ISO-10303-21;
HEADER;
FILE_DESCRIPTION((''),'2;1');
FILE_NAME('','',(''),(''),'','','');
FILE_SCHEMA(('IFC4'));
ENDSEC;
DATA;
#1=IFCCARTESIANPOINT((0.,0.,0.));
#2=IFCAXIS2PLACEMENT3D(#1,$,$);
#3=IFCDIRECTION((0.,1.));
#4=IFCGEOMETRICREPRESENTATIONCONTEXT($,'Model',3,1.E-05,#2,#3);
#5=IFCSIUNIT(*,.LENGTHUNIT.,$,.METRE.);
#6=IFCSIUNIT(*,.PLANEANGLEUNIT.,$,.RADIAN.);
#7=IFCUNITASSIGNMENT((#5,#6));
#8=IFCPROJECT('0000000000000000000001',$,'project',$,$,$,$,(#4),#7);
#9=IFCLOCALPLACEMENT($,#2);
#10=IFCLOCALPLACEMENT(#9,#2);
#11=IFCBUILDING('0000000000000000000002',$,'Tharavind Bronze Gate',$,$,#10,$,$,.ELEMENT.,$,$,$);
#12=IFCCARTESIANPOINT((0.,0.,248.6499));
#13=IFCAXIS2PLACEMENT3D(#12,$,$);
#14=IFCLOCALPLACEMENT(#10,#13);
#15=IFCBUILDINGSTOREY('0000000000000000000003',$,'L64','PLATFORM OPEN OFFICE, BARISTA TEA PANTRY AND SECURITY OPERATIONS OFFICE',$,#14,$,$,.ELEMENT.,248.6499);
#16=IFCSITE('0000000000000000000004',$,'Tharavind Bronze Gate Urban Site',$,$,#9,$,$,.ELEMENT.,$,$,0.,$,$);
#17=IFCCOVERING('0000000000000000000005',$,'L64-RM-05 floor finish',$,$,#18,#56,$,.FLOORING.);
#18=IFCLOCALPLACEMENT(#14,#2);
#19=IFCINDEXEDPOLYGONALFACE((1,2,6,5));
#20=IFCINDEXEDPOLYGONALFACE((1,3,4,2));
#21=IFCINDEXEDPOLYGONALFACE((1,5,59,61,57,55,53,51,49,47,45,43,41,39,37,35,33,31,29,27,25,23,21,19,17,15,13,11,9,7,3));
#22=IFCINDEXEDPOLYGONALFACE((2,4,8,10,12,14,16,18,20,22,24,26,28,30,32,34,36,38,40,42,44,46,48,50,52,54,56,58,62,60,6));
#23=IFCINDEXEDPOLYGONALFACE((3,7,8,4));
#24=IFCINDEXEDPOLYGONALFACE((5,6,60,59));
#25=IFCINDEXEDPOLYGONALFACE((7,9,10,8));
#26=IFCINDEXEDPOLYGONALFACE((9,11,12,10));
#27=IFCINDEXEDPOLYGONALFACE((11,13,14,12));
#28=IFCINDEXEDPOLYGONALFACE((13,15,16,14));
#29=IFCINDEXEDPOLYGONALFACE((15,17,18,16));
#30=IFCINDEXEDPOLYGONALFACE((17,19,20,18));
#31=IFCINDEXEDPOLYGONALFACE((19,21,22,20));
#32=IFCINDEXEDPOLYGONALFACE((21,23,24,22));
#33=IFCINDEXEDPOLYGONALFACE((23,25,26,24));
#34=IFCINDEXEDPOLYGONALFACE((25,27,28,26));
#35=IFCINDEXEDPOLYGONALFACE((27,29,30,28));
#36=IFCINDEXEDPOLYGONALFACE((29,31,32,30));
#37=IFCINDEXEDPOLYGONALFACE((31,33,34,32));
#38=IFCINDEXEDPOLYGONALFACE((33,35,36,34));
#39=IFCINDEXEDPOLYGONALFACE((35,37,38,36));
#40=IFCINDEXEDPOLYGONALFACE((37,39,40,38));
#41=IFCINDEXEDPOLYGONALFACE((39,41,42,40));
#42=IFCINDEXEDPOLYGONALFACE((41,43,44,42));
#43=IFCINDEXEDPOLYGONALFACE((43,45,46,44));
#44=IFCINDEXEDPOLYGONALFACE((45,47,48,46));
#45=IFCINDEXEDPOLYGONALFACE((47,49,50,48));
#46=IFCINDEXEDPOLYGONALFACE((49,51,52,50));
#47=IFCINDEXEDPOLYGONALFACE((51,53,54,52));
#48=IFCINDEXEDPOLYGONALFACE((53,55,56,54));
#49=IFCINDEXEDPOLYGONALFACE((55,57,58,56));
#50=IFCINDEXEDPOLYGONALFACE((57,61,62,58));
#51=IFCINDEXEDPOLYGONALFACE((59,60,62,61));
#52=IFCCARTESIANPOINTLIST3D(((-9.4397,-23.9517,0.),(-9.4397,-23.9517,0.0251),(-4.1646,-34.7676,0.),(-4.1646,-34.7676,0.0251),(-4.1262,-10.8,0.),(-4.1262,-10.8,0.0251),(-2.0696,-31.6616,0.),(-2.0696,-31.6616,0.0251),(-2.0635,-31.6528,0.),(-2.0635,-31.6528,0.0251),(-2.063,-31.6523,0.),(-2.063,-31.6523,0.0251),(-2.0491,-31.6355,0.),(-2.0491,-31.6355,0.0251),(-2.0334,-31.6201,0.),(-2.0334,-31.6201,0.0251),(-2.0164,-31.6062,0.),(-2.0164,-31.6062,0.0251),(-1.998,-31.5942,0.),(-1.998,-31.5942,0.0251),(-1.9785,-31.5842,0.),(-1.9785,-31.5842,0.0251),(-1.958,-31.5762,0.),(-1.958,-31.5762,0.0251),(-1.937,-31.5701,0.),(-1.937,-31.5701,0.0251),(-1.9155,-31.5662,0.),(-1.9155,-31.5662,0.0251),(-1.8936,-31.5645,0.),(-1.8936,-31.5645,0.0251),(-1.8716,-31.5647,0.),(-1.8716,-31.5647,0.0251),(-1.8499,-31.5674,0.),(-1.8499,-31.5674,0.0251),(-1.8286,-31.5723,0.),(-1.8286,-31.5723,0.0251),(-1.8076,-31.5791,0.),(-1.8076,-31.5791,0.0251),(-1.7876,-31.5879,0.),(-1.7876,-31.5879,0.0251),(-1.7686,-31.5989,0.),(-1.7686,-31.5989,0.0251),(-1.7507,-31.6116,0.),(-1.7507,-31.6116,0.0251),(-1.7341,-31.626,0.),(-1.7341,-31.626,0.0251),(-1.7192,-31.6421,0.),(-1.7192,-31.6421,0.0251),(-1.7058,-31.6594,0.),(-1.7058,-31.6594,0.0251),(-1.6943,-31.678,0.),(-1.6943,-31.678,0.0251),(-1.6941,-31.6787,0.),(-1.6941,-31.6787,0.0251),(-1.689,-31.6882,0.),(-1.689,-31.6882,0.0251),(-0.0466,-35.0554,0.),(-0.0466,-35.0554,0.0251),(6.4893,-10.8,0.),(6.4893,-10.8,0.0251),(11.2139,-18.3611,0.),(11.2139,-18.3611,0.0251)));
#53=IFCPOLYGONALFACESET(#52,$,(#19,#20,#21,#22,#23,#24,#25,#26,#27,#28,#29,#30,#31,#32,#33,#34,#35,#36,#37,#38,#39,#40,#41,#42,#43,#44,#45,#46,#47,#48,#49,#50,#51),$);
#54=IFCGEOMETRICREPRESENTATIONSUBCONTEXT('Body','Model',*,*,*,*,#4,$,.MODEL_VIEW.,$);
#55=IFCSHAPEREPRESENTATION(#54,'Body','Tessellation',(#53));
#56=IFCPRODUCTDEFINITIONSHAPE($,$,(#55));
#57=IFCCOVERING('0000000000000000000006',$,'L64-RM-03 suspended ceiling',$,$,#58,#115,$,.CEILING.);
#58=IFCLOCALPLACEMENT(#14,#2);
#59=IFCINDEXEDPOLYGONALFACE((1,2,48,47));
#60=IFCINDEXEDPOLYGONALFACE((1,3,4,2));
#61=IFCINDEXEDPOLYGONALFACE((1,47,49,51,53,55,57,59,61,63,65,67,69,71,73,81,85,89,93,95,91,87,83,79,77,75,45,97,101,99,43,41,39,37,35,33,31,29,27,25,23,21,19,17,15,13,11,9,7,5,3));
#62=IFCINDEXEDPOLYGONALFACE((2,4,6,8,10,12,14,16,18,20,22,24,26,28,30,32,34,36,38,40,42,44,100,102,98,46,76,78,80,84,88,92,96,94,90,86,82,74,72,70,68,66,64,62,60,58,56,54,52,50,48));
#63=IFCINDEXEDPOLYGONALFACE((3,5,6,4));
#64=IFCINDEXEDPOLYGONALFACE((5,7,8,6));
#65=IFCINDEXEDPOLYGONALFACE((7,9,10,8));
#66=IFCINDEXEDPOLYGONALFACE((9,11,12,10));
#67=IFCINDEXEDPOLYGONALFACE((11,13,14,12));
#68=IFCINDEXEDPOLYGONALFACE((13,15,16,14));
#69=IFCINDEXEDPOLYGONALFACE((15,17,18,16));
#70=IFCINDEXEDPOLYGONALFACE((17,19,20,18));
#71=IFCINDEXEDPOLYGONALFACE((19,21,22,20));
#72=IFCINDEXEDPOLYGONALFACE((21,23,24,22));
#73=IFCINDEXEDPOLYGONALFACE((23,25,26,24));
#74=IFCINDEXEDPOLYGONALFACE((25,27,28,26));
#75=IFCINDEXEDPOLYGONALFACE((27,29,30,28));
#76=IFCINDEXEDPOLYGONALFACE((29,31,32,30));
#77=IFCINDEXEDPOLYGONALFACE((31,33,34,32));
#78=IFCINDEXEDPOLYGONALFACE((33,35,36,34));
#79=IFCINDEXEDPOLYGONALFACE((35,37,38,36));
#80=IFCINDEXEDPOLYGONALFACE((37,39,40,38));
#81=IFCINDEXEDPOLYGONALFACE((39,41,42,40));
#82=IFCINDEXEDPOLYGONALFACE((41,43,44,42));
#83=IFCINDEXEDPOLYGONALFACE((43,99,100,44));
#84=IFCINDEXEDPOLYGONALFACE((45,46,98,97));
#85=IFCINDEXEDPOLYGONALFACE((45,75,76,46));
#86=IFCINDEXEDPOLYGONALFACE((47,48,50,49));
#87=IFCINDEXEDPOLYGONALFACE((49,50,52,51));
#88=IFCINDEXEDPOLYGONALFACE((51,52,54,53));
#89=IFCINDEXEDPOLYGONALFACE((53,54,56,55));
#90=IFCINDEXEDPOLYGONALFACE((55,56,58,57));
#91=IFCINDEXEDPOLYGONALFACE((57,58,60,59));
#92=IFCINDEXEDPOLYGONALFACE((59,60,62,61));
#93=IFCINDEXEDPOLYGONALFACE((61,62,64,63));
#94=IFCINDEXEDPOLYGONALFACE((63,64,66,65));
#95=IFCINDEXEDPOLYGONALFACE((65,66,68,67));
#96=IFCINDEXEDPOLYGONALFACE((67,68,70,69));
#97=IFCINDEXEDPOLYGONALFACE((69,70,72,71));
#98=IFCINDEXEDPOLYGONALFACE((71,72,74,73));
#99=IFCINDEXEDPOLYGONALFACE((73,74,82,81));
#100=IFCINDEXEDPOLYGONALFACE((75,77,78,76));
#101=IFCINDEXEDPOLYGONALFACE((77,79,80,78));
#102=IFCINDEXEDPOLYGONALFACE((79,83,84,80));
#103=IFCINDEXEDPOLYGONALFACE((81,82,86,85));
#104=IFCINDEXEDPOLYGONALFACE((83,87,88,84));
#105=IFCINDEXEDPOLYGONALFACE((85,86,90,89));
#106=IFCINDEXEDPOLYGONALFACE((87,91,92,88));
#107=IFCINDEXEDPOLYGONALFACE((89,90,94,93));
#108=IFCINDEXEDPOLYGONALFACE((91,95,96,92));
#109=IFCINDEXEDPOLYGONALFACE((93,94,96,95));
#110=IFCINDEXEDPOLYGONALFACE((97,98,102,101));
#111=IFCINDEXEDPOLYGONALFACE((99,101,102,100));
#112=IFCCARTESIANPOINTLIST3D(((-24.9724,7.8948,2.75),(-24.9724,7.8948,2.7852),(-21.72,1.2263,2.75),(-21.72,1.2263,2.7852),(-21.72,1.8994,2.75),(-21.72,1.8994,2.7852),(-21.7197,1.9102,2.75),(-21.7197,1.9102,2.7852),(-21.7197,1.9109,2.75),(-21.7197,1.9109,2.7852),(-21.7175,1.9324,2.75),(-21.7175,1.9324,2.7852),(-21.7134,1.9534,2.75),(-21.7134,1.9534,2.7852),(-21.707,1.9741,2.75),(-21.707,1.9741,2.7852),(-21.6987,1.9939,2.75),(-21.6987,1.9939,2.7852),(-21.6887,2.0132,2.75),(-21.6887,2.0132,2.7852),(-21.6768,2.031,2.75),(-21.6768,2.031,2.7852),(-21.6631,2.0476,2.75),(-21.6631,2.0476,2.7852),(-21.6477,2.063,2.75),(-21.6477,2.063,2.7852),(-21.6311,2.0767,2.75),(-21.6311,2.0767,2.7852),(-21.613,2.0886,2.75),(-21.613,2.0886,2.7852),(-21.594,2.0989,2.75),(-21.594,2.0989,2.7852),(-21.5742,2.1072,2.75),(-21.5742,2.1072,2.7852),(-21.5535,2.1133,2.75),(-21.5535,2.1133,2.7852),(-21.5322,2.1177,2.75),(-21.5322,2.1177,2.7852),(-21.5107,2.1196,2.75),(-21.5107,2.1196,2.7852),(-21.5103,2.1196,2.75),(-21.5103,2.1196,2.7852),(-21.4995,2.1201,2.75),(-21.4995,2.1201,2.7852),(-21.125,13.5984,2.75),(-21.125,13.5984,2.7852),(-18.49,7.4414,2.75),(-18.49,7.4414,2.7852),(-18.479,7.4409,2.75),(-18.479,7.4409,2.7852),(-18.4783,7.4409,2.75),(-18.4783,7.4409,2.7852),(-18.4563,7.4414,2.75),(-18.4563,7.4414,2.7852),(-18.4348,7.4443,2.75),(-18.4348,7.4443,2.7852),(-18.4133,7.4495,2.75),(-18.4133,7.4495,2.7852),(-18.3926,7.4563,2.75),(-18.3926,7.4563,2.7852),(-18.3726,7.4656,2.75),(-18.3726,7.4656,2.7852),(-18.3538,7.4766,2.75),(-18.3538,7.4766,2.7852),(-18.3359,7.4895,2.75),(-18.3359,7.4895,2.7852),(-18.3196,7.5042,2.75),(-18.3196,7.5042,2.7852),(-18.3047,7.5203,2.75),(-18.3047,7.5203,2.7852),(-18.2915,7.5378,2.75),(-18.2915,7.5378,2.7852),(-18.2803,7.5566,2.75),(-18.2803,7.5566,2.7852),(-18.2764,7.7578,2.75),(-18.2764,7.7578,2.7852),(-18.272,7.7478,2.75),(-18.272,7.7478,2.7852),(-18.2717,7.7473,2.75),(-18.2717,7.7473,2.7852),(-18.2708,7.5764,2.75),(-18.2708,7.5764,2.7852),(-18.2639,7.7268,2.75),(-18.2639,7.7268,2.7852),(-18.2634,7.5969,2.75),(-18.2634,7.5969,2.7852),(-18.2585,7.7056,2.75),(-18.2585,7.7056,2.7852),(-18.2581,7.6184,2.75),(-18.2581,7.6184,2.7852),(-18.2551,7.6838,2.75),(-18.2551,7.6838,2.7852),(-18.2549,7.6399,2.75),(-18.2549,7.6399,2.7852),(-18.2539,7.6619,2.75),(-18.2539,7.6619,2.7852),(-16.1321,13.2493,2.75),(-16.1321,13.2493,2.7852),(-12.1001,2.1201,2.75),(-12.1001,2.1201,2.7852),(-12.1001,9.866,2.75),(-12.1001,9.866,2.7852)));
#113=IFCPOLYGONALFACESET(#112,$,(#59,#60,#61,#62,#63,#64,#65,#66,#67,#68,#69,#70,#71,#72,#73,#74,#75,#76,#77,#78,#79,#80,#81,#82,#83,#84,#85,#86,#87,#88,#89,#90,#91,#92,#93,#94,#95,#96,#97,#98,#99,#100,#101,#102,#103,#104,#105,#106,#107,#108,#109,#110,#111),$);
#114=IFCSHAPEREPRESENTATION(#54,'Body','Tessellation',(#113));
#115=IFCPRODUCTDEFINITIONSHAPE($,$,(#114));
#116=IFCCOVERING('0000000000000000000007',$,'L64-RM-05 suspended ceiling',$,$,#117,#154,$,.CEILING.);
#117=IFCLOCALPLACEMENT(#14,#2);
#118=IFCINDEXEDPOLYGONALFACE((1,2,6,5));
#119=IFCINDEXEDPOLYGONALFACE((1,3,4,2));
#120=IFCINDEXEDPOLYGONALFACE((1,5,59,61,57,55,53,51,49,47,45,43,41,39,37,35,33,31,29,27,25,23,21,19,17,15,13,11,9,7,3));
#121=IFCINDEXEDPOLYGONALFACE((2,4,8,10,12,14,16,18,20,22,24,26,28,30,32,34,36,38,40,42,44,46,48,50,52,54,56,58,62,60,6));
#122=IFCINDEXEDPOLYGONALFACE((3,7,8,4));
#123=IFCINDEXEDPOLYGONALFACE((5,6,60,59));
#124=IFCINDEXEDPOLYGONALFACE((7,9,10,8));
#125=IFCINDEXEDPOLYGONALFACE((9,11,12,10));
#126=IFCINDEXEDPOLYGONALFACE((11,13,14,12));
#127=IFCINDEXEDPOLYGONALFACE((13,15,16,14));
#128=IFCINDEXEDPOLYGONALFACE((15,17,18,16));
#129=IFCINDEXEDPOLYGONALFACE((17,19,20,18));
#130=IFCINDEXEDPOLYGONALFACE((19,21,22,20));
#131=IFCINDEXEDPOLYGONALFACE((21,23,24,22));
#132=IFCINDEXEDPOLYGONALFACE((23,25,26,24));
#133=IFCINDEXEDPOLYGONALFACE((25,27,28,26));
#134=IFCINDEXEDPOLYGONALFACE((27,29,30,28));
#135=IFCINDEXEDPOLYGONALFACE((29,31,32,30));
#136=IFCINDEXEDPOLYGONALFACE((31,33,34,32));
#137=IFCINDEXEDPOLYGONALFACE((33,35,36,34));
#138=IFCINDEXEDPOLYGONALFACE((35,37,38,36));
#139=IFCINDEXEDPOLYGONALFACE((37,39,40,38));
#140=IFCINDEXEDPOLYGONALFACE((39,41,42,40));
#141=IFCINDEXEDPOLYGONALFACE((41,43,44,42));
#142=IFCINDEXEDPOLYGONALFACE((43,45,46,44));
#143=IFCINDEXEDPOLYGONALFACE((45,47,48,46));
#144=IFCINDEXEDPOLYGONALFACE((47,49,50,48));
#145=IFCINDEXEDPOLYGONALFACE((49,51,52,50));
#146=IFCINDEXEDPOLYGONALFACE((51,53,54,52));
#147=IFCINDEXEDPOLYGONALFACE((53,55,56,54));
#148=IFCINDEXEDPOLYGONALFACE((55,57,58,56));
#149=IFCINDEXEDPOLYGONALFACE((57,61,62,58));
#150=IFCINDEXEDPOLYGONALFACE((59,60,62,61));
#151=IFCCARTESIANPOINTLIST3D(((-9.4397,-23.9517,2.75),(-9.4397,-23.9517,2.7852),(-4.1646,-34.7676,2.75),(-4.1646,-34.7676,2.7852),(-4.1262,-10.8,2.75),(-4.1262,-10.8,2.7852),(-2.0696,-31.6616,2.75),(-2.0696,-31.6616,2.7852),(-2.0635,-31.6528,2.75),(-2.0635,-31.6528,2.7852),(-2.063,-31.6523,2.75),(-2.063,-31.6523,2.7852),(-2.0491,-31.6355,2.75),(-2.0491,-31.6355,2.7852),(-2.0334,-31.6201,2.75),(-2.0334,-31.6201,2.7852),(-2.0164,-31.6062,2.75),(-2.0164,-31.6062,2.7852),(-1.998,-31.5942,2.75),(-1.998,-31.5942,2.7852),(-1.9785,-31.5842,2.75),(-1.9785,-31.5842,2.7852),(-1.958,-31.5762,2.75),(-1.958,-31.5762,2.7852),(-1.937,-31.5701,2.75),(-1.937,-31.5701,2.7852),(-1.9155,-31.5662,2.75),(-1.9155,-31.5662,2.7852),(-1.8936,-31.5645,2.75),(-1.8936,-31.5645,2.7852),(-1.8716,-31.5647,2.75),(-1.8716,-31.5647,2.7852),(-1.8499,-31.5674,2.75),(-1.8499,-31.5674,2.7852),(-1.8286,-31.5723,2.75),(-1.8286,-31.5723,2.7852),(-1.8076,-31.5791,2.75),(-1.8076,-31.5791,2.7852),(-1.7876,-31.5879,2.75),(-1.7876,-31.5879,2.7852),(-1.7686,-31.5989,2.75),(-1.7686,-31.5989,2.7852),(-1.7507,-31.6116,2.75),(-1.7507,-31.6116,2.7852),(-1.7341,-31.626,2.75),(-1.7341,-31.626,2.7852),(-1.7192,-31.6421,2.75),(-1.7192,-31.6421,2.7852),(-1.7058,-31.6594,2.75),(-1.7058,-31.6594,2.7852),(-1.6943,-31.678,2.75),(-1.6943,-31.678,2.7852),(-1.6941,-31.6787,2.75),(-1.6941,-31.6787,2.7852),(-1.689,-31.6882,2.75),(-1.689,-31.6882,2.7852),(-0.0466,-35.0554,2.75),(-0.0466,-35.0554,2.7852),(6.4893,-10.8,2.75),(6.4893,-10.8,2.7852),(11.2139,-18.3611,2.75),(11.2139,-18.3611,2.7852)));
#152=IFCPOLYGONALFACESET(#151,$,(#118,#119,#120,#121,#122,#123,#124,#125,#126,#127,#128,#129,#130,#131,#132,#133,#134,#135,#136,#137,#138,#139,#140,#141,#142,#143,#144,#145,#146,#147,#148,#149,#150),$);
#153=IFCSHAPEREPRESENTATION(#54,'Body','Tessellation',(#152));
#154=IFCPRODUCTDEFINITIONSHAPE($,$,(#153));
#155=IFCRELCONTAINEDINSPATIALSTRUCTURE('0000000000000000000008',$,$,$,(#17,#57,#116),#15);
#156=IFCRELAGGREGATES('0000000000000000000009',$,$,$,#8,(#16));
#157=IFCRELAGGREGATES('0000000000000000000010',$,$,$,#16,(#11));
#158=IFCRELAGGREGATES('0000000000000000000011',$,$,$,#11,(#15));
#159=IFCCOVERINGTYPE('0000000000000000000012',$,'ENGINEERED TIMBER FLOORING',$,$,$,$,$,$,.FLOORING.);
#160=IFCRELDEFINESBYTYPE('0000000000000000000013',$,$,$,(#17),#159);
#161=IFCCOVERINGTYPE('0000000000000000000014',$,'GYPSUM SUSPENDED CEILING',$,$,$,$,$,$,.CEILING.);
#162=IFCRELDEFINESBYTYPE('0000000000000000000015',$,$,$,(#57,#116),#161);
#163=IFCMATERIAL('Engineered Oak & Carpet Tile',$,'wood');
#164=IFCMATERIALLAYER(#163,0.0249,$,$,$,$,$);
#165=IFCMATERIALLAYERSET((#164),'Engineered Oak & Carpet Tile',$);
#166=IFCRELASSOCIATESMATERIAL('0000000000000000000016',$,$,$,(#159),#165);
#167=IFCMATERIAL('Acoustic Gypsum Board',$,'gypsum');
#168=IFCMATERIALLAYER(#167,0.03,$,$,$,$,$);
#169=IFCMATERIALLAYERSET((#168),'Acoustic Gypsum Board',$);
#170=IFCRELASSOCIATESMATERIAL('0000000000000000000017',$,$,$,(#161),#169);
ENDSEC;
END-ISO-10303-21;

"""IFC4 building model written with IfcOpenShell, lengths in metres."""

from ifc_helpers import new_model, si_unit, direction, frame, origin, place, context, subcontext, project, spatial, polyline, outline, extrude, material, layer, layer_set, type_object, element, save


model = new_model("IFC4")

# Units and contexts
model_context = context("Model", 3, precision=1e-05, world=origin(), true_north=direction((0.0, 1.0)))
body_context = subcontext(model_context, "Body", "Model", "MODEL_VIEW")
ifc_project = project(units=[si_unit("LENGTHUNIT", "METRE"), si_unit("PLANEANGLEUNIT", "RADIAN")], contexts=[model_context])

# Site, building, storey
site_placement = place(None, origin())
site = spatial("IfcSite", under=ifc_project, at=site_placement, Name="Tharavind Bronze Gate Urban Site", CompositionType="ELEMENT", RefElevation=0.0)
building_placement = place(site_placement, origin())
building = spatial("IfcBuilding", under=site, at=building_placement, Name="Tharavind Bronze Gate", CompositionType="ELEMENT")
storey_placement = place(building_placement, frame((0.0, 0.0, 248.6499)))
storey = spatial("IfcBuildingStorey", under=building, at=storey_placement, Name="L64", Description="PLATFORM OPEN OFFICE, BARISTA TEA PANTRY AND SECURITY OPERATIONS OFFICE", CompositionType="ELEMENT", Elevation=248.6499)

# Coverings
ifc_material_1 = material(Name="Engineered Oak & Carpet Tile", Category="wood")
ifc_layer_1 = layer(ifc_material_1, 0.0249)
ifc_layer_set_1 = layer_set([ifc_layer_1], Name="Engineered Oak & Carpet Tile")
covering_type_1 = type_object("IfcCoveringType", Name="ENGINEERED TIMBER FLOORING", PredefinedType="FLOORING", material=ifc_layer_set_1)
covering_1_placement = place(storey_placement, origin())
element("IfcCovering", 1, at=covering_1_placement, inside=storey, type_object=covering_type_1, Name="L64-RM-05 floor finish", PredefinedType="FLOORING", context=body_context, shape_type="SweptSolid", body=[
    extrude(outline(polyline([(-4.1646, -34.7676), (-2.0696, -31.6616), (-2.0635, -31.6528), (-2.063, -31.6523), (-2.0491, -31.6355), (-2.0334, -31.6201), (-2.0164, -31.6062), (-1.998, -31.5942), (-1.9785, -31.5842), (-1.958, -31.5762), (-1.937, -31.5701), (-1.9155, -31.5662), (-1.8936, -31.5645), (-1.8716, -31.5647), (-1.8499, -31.5674), (-1.8286, -31.5723), (-1.8076, -31.5791), (-1.7876, -31.5879), (-1.7686, -31.5989), (-1.7507, -31.6116), (-1.7341, -31.626), (-1.7192, -31.6421), (-1.7058, -31.6594), (-1.6943, -31.678), (-1.6941, -31.6787), (-1.689, -31.6882), (-0.0466, -35.0554), (11.2139, -18.3611), (6.4893, -10.8), (-4.1262, -10.8), (-9.4397, -23.9517), (-4.1646, -34.7676)])), origin(), (0.0, 0.0, 1.0), 0.0251),
])
ifc_material_2 = material(Name="Acoustic Gypsum Board", Category="gypsum")
ifc_layer_2 = layer(ifc_material_2, 0.03)
ifc_layer_set_2 = layer_set([ifc_layer_2], Name="Acoustic Gypsum Board")
covering_type_2 = type_object("IfcCoveringType", Name="GYPSUM SUSPENDED CEILING", PredefinedType="CEILING", material=ifc_layer_set_2)
covering_2_placement = place(storey_placement, frame((0.0, 0.0, 2.75)))
element("IfcCovering", 2, at=covering_2_placement, inside=storey, type_object=covering_type_2, Name="L64-RM-03 suspended ceiling", PredefinedType="CEILING", context=body_context, shape_type="SweptSolid", body=[
    extrude(outline(polyline([(-21.72, 1.2263), (-21.72, 1.8994), (-21.7197, 1.9102), (-21.7197, 1.9109), (-21.7175, 1.9324), (-21.7134, 1.9534), (-21.707, 1.9741), (-21.6987, 1.9939), (-21.6887, 2.0132), (-21.6768, 2.031), (-21.6631, 2.0476), (-21.6477, 2.063), (-21.6311, 2.0767), (-21.613, 2.0886), (-21.594, 2.0989), (-21.5742, 2.1072), (-21.5535, 2.1133), (-21.5322, 2.1177), (-21.5107, 2.1196), (-21.5103, 2.1196), (-21.4995, 2.1201), (-12.1001, 2.1201), (-12.1001, 9.866), (-16.1321, 13.2493), (-21.125, 13.5984), (-18.2764, 7.7578), (-18.272, 7.7478), (-18.2717, 7.7473), (-18.2639, 7.7268), (-18.2585, 7.7056), (-18.2551, 7.6838), (-18.2539, 7.6619), (-18.2549, 7.6399), (-18.2581, 7.6184), (-18.2634, 7.5969), (-18.2708, 7.5764), (-18.2803, 7.5566), (-18.2915, 7.5378), (-18.3047, 7.5203), (-18.3196, 7.5042), (-18.3359, 7.4895), (-18.3538, 7.4766), (-18.3726, 7.4656), (-18.3926, 7.4563), (-18.4133, 7.4495), (-18.4348, 7.4443), (-18.4563, 7.4414), (-18.4783, 7.4409), (-18.479, 7.4409), (-18.49, 7.4414), (-24.9724, 7.8948), (-21.72, 1.2263)])), origin(), (0.0, 0.0, 1.0), 0.0352),
])
covering_3_placement = place(storey_placement, frame((0.0, 0.0, 2.75)))
element("IfcCovering", 3, at=covering_3_placement, inside=storey, type_object=covering_type_2, Name="L64-RM-05 suspended ceiling", PredefinedType="CEILING", context=body_context, shape_type="SweptSolid", body=[
    extrude(outline(polyline([(-4.1646, -34.7676), (-2.0696, -31.6616), (-2.0635, -31.6528), (-2.063, -31.6523), (-2.0491, -31.6355), (-2.0334, -31.6201), (-2.0164, -31.6062), (-1.998, -31.5942), (-1.9785, -31.5842), (-1.958, -31.5762), (-1.937, -31.5701), (-1.9155, -31.5662), (-1.8936, -31.5645), (-1.8716, -31.5647), (-1.8499, -31.5674), (-1.8286, -31.5723), (-1.8076, -31.5791), (-1.7876, -31.5879), (-1.7686, -31.5989), (-1.7507, -31.6116), (-1.7341, -31.626), (-1.7192, -31.6421), (-1.7058, -31.6594), (-1.6943, -31.678), (-1.6941, -31.6787), (-1.689, -31.6882), (-0.0466, -35.0554), (11.2139, -18.3611), (6.4893, -10.8), (-4.1262, -10.8), (-9.4397, -23.9517), (-4.1646, -34.7676)])), origin(), (0.0, 0.0, 1.0), 0.0352),
])

save(model, "model.ifc")
